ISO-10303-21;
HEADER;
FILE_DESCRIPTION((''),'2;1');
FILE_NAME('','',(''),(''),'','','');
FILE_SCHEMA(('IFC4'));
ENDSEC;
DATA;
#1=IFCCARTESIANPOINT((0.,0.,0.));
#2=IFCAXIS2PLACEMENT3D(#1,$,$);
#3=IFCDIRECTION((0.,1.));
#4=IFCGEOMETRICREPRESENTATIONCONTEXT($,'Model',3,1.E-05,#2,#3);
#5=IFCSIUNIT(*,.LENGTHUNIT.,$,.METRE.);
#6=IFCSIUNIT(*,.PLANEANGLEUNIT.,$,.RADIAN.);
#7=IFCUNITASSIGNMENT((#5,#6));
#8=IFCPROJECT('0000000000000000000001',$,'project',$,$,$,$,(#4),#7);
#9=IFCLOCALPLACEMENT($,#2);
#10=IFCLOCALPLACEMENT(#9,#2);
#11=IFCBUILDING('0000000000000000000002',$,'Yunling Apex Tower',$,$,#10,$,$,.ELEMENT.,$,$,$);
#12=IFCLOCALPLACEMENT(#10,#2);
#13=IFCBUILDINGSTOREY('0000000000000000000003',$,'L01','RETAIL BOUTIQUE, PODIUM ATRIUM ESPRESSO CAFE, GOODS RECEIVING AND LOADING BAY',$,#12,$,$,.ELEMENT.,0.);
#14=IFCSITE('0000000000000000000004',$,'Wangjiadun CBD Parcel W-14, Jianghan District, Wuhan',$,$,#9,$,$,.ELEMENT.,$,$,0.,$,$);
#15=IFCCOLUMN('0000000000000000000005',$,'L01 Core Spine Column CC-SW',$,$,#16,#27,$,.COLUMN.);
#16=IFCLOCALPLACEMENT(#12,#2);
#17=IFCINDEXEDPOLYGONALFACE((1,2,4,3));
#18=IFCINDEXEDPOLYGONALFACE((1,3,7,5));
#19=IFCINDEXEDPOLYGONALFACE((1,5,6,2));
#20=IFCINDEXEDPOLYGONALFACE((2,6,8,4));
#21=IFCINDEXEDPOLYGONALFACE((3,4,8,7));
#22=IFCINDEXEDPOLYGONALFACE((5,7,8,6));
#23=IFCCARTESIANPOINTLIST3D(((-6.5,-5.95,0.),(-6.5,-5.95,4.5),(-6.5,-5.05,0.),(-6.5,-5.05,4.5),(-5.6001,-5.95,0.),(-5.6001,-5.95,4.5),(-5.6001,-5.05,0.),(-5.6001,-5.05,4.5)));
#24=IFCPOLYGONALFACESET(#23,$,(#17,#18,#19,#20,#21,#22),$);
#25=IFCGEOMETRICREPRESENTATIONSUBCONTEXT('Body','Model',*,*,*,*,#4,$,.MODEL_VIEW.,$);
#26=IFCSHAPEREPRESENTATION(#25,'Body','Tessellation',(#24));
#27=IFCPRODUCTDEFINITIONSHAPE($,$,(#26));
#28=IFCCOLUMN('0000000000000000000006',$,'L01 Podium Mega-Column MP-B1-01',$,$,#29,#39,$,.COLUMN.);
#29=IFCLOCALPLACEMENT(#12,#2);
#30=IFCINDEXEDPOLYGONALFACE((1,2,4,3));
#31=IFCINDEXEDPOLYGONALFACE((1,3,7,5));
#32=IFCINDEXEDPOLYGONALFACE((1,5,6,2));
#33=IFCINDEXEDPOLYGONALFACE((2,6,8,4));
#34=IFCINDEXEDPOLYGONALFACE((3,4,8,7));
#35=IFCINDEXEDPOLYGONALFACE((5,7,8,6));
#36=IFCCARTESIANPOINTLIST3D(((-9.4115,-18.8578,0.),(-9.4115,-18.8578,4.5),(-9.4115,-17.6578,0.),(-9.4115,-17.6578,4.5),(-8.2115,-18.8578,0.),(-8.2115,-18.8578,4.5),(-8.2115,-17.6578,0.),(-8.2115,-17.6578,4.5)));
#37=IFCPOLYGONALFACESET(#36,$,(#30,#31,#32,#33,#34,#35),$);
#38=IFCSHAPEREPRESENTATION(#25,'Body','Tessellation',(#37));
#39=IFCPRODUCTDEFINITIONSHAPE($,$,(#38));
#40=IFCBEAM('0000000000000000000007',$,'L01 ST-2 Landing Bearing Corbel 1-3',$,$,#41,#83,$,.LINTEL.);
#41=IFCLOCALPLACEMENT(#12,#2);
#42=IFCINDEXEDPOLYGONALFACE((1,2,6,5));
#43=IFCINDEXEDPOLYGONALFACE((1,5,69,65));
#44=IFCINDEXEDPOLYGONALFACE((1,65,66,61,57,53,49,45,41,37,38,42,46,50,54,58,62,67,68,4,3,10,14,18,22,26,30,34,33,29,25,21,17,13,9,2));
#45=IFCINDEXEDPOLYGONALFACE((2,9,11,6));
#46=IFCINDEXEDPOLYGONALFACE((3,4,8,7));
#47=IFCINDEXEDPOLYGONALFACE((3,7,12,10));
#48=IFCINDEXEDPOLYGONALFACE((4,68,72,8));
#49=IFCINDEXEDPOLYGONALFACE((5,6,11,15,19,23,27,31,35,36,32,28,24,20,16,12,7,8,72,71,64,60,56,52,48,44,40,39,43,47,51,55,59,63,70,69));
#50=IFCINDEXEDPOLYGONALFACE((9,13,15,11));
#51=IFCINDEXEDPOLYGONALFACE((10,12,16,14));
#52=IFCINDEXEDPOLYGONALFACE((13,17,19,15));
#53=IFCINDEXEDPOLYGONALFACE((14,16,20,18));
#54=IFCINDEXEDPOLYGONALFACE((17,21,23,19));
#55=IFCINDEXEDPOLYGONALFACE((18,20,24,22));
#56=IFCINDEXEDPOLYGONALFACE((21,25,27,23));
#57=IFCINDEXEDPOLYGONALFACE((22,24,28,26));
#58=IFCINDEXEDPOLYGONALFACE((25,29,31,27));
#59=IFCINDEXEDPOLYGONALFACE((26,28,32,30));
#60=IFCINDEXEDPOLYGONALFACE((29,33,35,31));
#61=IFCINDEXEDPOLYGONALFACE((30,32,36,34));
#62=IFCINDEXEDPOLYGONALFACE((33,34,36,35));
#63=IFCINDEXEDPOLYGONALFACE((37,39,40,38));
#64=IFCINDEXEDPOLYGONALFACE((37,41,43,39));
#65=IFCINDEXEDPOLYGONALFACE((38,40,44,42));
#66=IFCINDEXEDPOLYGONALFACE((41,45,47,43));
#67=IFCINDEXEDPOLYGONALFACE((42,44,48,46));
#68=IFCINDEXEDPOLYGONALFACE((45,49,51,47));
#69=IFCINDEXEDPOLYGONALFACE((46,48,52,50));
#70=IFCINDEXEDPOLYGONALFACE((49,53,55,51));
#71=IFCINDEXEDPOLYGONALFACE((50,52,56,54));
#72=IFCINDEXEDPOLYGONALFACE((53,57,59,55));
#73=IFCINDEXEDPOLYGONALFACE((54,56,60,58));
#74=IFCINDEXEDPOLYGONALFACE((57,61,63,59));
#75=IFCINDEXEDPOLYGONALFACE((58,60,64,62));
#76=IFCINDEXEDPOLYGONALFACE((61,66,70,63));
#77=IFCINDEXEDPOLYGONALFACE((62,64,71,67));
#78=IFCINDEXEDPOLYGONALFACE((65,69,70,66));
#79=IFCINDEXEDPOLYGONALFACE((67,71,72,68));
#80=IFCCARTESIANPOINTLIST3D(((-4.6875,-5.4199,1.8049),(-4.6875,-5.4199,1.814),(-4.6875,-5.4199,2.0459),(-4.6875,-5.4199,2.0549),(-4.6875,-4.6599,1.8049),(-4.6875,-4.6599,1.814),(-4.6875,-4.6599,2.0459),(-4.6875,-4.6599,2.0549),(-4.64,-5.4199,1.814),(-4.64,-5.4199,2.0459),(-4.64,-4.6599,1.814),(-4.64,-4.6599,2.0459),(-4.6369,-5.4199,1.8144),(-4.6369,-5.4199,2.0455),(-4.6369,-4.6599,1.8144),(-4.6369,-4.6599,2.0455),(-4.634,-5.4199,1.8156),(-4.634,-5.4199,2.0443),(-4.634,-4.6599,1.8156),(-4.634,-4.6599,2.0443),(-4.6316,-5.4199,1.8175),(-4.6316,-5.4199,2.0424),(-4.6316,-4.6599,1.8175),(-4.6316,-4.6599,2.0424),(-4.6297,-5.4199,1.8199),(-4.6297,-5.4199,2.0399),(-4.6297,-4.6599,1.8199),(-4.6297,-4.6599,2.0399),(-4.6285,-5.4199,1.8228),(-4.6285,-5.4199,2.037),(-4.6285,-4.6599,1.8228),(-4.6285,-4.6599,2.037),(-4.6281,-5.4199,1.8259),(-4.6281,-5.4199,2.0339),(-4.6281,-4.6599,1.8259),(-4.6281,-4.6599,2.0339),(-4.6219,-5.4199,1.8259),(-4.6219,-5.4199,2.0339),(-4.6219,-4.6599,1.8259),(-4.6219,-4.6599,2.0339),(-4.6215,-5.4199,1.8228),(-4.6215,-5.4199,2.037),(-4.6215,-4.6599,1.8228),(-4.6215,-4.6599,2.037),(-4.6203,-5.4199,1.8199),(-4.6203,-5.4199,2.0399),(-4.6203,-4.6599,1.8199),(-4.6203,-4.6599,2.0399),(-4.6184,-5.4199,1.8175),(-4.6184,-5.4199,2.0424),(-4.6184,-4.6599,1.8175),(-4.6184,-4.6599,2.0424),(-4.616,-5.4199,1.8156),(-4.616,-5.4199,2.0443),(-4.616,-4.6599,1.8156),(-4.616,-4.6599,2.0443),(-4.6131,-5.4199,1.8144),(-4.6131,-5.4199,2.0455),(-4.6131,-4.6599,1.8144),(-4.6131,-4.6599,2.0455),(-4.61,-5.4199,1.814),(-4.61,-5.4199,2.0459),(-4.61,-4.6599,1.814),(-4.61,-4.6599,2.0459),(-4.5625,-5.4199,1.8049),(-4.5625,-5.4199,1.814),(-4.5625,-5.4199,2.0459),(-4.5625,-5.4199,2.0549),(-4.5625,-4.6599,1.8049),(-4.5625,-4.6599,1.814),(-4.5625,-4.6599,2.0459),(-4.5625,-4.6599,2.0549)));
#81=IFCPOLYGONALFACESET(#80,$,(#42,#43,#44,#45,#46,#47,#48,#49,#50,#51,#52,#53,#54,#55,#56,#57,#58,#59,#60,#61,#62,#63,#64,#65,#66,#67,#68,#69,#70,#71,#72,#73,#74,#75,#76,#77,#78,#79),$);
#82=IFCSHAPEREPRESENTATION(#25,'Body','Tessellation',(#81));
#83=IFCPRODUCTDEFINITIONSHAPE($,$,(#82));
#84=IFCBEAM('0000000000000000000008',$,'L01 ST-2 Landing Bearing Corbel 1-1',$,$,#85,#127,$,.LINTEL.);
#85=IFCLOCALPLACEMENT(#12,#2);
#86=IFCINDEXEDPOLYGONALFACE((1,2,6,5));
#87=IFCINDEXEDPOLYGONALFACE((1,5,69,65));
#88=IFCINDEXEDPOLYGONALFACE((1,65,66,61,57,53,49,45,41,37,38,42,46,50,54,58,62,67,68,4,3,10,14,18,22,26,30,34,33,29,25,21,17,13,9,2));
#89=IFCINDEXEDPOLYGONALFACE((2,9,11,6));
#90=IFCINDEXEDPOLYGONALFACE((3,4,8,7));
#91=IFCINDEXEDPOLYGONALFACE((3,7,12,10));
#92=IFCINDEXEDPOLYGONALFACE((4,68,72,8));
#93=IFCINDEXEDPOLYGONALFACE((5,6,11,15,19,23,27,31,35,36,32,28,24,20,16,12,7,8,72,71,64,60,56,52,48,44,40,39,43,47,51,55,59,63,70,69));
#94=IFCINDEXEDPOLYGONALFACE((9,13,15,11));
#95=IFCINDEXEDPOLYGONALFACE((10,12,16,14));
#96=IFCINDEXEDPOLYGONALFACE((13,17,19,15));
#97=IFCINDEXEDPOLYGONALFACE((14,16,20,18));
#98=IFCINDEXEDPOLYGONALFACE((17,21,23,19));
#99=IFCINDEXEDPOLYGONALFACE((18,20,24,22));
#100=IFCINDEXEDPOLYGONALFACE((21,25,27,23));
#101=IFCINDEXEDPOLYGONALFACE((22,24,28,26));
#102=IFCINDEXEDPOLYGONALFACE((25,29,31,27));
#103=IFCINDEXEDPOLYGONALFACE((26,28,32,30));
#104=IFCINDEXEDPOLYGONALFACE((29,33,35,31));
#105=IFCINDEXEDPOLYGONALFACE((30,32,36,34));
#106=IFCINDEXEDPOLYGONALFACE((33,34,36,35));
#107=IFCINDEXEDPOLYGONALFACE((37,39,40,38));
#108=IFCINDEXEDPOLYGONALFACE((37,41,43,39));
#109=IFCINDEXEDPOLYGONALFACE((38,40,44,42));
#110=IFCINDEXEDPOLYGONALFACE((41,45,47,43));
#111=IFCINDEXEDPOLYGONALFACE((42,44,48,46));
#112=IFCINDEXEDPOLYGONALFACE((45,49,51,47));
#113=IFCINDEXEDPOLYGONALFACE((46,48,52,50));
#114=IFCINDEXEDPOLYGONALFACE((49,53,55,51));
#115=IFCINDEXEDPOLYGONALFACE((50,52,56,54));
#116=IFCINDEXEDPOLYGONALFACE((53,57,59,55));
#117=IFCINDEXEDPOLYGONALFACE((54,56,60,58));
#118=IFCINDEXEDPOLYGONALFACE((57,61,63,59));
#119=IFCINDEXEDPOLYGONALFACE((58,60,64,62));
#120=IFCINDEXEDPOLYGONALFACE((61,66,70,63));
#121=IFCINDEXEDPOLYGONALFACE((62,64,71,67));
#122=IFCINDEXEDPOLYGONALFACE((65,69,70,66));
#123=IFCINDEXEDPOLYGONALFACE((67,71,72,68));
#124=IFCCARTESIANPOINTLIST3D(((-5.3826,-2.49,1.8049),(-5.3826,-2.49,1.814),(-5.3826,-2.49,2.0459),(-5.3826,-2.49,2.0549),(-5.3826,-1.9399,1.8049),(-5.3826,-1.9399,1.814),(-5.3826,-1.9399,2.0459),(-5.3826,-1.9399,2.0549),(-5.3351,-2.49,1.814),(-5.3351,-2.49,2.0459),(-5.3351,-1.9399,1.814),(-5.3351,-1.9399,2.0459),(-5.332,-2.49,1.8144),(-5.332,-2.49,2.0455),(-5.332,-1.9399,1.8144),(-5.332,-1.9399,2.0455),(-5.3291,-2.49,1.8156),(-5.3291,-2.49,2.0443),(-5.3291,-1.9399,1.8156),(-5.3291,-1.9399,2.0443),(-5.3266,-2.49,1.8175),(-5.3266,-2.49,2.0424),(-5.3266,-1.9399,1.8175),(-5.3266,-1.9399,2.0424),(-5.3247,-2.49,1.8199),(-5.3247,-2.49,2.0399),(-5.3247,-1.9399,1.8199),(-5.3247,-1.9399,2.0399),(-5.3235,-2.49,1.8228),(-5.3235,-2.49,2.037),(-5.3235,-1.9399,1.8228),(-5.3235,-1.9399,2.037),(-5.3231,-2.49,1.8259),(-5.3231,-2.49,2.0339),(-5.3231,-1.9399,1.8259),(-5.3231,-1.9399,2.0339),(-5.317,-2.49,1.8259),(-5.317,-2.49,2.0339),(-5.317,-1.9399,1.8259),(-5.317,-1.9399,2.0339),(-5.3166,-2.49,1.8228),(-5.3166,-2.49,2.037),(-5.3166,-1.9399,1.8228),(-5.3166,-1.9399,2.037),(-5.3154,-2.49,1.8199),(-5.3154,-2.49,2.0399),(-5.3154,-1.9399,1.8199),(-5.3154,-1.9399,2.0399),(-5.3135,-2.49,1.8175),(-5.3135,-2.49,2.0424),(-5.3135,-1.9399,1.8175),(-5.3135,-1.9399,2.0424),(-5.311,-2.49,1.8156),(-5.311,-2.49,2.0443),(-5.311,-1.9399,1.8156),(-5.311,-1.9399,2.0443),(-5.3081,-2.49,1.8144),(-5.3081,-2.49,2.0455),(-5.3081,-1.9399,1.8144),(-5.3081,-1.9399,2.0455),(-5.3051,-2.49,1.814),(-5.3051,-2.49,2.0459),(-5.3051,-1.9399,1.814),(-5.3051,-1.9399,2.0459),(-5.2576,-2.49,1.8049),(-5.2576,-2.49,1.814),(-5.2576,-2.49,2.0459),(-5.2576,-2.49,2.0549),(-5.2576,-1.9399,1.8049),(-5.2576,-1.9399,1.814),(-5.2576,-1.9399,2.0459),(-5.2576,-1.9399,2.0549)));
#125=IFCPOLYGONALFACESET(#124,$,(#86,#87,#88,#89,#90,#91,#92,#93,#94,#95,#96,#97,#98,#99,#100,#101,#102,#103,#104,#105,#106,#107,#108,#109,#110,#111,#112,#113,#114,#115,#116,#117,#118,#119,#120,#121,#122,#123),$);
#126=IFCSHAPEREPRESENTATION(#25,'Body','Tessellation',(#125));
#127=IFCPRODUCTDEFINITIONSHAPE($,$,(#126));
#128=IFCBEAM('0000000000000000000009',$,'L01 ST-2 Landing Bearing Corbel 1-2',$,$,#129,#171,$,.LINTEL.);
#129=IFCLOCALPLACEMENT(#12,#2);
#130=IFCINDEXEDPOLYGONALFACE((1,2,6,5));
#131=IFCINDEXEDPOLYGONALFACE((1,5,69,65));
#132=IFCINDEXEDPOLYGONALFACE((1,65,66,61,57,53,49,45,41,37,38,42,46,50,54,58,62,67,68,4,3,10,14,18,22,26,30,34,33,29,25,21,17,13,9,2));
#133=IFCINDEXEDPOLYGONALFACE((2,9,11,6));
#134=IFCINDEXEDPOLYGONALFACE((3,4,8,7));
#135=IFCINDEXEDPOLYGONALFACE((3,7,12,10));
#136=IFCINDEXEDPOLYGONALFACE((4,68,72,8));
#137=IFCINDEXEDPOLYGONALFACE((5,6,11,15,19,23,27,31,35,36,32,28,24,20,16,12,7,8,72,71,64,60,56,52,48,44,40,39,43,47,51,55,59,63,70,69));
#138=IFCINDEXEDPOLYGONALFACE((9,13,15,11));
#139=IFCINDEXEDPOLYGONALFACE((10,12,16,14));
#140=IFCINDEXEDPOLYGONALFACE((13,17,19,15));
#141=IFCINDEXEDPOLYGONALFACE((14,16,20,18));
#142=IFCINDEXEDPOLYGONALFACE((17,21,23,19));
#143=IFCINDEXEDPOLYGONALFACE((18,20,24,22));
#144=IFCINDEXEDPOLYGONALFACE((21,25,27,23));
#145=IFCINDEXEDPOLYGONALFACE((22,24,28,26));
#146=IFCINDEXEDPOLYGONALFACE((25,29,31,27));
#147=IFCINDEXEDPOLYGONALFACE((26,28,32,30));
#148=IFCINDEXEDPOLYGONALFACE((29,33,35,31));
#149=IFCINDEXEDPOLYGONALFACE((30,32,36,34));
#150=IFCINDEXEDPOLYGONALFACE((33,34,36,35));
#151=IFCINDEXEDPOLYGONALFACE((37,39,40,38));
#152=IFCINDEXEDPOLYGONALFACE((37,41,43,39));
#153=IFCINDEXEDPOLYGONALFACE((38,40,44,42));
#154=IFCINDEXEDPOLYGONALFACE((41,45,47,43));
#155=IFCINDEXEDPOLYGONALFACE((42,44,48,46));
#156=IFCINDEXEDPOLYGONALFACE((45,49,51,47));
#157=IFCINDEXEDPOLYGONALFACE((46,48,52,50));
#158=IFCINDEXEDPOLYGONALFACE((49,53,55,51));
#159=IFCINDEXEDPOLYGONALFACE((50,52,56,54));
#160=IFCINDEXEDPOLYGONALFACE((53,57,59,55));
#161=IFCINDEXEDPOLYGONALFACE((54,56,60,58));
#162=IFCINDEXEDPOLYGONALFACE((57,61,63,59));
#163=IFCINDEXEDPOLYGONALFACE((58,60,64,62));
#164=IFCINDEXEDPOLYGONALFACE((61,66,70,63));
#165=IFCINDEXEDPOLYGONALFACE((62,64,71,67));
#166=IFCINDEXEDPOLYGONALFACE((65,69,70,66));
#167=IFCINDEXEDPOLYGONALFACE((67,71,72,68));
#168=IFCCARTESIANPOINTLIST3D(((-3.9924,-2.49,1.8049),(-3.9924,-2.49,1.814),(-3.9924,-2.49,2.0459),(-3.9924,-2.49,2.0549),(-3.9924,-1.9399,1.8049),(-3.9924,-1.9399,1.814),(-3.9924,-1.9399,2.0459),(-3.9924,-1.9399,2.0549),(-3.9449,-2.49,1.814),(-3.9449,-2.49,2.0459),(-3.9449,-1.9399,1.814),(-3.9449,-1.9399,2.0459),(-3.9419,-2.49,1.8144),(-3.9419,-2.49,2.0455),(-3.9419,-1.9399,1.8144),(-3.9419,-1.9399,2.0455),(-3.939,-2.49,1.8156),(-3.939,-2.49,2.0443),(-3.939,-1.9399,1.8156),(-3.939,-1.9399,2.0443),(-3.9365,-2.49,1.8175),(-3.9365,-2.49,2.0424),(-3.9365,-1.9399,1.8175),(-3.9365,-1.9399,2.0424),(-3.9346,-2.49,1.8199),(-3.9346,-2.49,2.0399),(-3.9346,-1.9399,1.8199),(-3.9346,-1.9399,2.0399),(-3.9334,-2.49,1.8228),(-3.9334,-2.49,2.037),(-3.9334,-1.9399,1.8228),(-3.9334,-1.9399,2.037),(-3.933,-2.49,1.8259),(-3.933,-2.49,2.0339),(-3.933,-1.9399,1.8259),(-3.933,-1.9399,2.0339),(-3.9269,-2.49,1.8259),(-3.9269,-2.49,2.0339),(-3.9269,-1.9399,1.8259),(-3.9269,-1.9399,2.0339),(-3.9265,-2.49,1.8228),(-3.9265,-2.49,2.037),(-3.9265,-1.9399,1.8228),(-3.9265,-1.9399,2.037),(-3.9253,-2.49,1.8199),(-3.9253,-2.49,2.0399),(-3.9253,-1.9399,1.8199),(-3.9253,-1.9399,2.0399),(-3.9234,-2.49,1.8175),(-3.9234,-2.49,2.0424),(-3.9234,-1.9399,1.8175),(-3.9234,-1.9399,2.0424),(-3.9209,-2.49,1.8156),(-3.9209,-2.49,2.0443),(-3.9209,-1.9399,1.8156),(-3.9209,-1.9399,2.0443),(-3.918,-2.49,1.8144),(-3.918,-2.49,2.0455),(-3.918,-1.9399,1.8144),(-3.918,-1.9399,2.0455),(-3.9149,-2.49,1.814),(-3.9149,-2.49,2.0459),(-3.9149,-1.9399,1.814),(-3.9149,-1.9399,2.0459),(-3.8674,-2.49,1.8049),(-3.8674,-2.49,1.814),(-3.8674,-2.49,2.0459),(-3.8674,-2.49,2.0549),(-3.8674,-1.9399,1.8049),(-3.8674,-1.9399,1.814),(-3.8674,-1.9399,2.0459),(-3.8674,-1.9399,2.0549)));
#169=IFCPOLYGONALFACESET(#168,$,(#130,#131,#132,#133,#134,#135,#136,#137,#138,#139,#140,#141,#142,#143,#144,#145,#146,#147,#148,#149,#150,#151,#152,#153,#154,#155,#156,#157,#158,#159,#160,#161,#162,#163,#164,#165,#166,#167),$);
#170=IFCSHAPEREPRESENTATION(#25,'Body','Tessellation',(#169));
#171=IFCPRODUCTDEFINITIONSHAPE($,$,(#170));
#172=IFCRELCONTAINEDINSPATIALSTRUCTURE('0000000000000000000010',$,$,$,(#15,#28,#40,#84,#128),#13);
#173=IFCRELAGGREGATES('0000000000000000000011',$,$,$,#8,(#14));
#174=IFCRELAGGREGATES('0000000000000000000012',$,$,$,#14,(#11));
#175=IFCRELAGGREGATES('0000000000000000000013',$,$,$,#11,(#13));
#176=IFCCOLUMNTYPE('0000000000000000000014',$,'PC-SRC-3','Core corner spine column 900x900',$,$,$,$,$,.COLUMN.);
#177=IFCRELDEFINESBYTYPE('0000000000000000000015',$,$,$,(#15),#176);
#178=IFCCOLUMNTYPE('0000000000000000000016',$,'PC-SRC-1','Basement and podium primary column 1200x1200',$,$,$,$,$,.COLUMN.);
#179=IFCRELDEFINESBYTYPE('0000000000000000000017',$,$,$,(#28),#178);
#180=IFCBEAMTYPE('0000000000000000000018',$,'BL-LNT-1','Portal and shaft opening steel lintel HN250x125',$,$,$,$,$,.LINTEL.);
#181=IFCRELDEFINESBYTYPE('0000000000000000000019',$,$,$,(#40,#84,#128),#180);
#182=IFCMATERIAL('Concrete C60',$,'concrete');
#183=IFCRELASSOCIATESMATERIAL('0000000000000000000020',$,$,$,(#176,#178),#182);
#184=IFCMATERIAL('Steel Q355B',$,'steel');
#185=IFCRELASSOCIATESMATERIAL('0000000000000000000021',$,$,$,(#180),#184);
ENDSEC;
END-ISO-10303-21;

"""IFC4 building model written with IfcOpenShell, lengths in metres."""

from ifc_helpers import new_model, si_unit, direction, frame, origin, origin_2d, place, context, subcontext, project, spatial, rectangle, i_section, extrude, source, transform, mapped, material, material_profile, profile_set, type_object, element, save


model = new_model("IFC4")

# Units and contexts
model_context = context("Model", 3, precision=1e-05, world=origin(), true_north=direction((0.0, 1.0)))
body_context = subcontext(model_context, "Body", "Model", "MODEL_VIEW")
ifc_project = project(units=[si_unit("LENGTHUNIT", "METRE"), si_unit("PLANEANGLEUNIT", "RADIAN")], contexts=[model_context])

# Site, building, storey
site_placement = place(None, origin())
site = spatial("IfcSite", under=ifc_project, at=site_placement, Name="Wangjiadun CBD Parcel W-14, Jianghan District, Wuhan", CompositionType="ELEMENT", RefElevation=0.0)
building_placement = place(site_placement, origin())
building = spatial("IfcBuilding", under=site, at=building_placement, Name="Yunling Apex Tower", CompositionType="ELEMENT")
storey_placement = place(building_placement, origin())
storey = spatial("IfcBuildingStorey", under=building, at=storey_placement, Name="L01", Description="RETAIL BOUTIQUE, PODIUM ATRIUM ESPRESSO CAFE, GOODS RECEIVING AND LOADING BAY", CompositionType="ELEMENT", Elevation=0.0)

# Columns
ifc_material_1 = material(Name="Concrete C60", Category="concrete")
ifc_material_profile_1 = material_profile(ifc_material_1, rectangle(XDim=0.8999, YDim=0.8999, at=origin_2d()))
ifc_profile_set_1 = profile_set([ifc_material_profile_1], Name="Concrete C60")
column_type_1 = type_object("IfcColumnType", Name="PC-SRC-3", Description="Core corner spine column 900x900", PredefinedType="COLUMN", material=ifc_profile_set_1)
shared_shape_1 = source(origin(), body_context, "Body", "SweptSolid", [
    extrude(rectangle(XDim=0.8999, YDim=0.8999, at=origin_2d()), origin(), (0.0, 0.0, 1.0), 4.5),
])
column_1_placement = place(storey_placement, frame((-6.05, -5.5, 0.0), z_axis=(0.0, 0.0, 1.0), x_axis=(1.0, 0.0, 0.0)))
element("IfcColumn", 1, at=column_1_placement, inside=storey, type_object=column_type_1, Name="L01 Core Spine Column CC-SW", PredefinedType="COLUMN", context=body_context, shape_type="MappedRepresentation", body=[
    mapped(shared_shape_1, transform((0.0, 0.0, 0.0), scale=1.0)),
])
ifc_material_profile_2 = material_profile(ifc_material_1, rectangle(XDim=1.2, YDim=1.2, at=origin_2d()))
ifc_profile_set_2 = profile_set([ifc_material_profile_2], Name="Concrete C60")
column_type_2 = type_object("IfcColumnType", Name="PC-SRC-1", Description="Basement and podium primary column 1200x1200", PredefinedType="COLUMN", material=ifc_profile_set_2)
shared_shape_2 = source(origin(), body_context, "Body", "SweptSolid", [
    extrude(rectangle(XDim=1.2, YDim=1.2, at=origin_2d()), origin(), (0.0, 0.0, 1.0), 4.5),
])
column_2_placement = place(storey_placement, frame((-8.8115, -18.2578, 0.0), z_axis=(0.0, 0.0, 1.0), x_axis=(1.0, 0.0, 0.0)))
element("IfcColumn", 2, at=column_2_placement, inside=storey, type_object=column_type_2, Name="L01 Podium Mega-Column MP-B1-01", PredefinedType="COLUMN", context=body_context, shape_type="MappedRepresentation", body=[
    mapped(shared_shape_2, transform((0.0, 0.0, 0.0), scale=1.0)),
])

# Beams
ifc_material_2 = material(Name="Steel Q355B", Category="steel")
ifc_material_profile_3 = material_profile(ifc_material_2, i_section(OverallWidth=0.125, OverallDepth=0.25, WebThickness=0.0061, FlangeThickness=0.009, FilletRadius=0.012, at=origin_2d()))
ifc_profile_set_3 = profile_set([ifc_material_profile_3], Name="Steel Q355B")
beam_type_1 = type_object("IfcBeamType", Name="BL-LNT-1", Description="Portal and shaft opening steel lintel HN250x125", PredefinedType="LINTEL", material=ifc_profile_set_3)
shared_shape_3 = source(origin(), body_context, "Body", "SweptSolid", [
    extrude(i_section(OverallWidth=0.125, OverallDepth=0.25, WebThickness=0.0061, FlangeThickness=0.009, FilletRadius=0.012, at=origin_2d()), origin(), (0.0, 0.0, 1.0), 0.76),
])
beam_1_placement = place(storey_placement, frame((-4.625, -5.4199, 1.9299), z_axis=(0.0, 1.0, 0.0), x_axis=(-1.0, 0.0, 0.0)))
element("IfcBeam", 3, at=beam_1_placement, inside=storey, type_object=beam_type_1, Name="L01 ST-2 Landing Bearing Corbel 1-3", PredefinedType="LINTEL", context=body_context, shape_type="MappedRepresentation", body=[
    mapped(shared_shape_3, transform((0.0, 0.0, 0.0), scale=1.0)),
])
shared_shape_4 = source(origin(), body_context, "Body", "SweptSolid", [
    extrude(i_section(OverallWidth=0.125, OverallDepth=0.25, WebThickness=0.0061, FlangeThickness=0.009, FilletRadius=0.012, at=origin_2d()), origin(), (0.0, 0.0, 1.0), 0.55),
])
for number, where, z_axis, x_axis, name in (
    (4, (-5.3201, -1.9399, 1.9299), (0.0, -1.0, 0.0), (1.0, 0.0, 0.0), "L01 ST-2 Landing Bearing Corbel 1-1"),
    (5, (-3.9299, -1.9399, 1.9299), (0.0, -1.0, 0.0), (1.0, 0.0, 0.0), "L01 ST-2 Landing Bearing Corbel 1-2"),
):
    element("IfcBeam", number, at=place(storey_placement, frame(where, z_axis=z_axis, x_axis=x_axis)), inside=storey, type_object=beam_type_1, Name=name, PredefinedType="LINTEL", context=body_context, shape_type="MappedRepresentation", body=[
        mapped(shared_shape_4, transform((0.0, 0.0, 0.0), scale=1.0)),
    ])

save(model, "model.ifc")
